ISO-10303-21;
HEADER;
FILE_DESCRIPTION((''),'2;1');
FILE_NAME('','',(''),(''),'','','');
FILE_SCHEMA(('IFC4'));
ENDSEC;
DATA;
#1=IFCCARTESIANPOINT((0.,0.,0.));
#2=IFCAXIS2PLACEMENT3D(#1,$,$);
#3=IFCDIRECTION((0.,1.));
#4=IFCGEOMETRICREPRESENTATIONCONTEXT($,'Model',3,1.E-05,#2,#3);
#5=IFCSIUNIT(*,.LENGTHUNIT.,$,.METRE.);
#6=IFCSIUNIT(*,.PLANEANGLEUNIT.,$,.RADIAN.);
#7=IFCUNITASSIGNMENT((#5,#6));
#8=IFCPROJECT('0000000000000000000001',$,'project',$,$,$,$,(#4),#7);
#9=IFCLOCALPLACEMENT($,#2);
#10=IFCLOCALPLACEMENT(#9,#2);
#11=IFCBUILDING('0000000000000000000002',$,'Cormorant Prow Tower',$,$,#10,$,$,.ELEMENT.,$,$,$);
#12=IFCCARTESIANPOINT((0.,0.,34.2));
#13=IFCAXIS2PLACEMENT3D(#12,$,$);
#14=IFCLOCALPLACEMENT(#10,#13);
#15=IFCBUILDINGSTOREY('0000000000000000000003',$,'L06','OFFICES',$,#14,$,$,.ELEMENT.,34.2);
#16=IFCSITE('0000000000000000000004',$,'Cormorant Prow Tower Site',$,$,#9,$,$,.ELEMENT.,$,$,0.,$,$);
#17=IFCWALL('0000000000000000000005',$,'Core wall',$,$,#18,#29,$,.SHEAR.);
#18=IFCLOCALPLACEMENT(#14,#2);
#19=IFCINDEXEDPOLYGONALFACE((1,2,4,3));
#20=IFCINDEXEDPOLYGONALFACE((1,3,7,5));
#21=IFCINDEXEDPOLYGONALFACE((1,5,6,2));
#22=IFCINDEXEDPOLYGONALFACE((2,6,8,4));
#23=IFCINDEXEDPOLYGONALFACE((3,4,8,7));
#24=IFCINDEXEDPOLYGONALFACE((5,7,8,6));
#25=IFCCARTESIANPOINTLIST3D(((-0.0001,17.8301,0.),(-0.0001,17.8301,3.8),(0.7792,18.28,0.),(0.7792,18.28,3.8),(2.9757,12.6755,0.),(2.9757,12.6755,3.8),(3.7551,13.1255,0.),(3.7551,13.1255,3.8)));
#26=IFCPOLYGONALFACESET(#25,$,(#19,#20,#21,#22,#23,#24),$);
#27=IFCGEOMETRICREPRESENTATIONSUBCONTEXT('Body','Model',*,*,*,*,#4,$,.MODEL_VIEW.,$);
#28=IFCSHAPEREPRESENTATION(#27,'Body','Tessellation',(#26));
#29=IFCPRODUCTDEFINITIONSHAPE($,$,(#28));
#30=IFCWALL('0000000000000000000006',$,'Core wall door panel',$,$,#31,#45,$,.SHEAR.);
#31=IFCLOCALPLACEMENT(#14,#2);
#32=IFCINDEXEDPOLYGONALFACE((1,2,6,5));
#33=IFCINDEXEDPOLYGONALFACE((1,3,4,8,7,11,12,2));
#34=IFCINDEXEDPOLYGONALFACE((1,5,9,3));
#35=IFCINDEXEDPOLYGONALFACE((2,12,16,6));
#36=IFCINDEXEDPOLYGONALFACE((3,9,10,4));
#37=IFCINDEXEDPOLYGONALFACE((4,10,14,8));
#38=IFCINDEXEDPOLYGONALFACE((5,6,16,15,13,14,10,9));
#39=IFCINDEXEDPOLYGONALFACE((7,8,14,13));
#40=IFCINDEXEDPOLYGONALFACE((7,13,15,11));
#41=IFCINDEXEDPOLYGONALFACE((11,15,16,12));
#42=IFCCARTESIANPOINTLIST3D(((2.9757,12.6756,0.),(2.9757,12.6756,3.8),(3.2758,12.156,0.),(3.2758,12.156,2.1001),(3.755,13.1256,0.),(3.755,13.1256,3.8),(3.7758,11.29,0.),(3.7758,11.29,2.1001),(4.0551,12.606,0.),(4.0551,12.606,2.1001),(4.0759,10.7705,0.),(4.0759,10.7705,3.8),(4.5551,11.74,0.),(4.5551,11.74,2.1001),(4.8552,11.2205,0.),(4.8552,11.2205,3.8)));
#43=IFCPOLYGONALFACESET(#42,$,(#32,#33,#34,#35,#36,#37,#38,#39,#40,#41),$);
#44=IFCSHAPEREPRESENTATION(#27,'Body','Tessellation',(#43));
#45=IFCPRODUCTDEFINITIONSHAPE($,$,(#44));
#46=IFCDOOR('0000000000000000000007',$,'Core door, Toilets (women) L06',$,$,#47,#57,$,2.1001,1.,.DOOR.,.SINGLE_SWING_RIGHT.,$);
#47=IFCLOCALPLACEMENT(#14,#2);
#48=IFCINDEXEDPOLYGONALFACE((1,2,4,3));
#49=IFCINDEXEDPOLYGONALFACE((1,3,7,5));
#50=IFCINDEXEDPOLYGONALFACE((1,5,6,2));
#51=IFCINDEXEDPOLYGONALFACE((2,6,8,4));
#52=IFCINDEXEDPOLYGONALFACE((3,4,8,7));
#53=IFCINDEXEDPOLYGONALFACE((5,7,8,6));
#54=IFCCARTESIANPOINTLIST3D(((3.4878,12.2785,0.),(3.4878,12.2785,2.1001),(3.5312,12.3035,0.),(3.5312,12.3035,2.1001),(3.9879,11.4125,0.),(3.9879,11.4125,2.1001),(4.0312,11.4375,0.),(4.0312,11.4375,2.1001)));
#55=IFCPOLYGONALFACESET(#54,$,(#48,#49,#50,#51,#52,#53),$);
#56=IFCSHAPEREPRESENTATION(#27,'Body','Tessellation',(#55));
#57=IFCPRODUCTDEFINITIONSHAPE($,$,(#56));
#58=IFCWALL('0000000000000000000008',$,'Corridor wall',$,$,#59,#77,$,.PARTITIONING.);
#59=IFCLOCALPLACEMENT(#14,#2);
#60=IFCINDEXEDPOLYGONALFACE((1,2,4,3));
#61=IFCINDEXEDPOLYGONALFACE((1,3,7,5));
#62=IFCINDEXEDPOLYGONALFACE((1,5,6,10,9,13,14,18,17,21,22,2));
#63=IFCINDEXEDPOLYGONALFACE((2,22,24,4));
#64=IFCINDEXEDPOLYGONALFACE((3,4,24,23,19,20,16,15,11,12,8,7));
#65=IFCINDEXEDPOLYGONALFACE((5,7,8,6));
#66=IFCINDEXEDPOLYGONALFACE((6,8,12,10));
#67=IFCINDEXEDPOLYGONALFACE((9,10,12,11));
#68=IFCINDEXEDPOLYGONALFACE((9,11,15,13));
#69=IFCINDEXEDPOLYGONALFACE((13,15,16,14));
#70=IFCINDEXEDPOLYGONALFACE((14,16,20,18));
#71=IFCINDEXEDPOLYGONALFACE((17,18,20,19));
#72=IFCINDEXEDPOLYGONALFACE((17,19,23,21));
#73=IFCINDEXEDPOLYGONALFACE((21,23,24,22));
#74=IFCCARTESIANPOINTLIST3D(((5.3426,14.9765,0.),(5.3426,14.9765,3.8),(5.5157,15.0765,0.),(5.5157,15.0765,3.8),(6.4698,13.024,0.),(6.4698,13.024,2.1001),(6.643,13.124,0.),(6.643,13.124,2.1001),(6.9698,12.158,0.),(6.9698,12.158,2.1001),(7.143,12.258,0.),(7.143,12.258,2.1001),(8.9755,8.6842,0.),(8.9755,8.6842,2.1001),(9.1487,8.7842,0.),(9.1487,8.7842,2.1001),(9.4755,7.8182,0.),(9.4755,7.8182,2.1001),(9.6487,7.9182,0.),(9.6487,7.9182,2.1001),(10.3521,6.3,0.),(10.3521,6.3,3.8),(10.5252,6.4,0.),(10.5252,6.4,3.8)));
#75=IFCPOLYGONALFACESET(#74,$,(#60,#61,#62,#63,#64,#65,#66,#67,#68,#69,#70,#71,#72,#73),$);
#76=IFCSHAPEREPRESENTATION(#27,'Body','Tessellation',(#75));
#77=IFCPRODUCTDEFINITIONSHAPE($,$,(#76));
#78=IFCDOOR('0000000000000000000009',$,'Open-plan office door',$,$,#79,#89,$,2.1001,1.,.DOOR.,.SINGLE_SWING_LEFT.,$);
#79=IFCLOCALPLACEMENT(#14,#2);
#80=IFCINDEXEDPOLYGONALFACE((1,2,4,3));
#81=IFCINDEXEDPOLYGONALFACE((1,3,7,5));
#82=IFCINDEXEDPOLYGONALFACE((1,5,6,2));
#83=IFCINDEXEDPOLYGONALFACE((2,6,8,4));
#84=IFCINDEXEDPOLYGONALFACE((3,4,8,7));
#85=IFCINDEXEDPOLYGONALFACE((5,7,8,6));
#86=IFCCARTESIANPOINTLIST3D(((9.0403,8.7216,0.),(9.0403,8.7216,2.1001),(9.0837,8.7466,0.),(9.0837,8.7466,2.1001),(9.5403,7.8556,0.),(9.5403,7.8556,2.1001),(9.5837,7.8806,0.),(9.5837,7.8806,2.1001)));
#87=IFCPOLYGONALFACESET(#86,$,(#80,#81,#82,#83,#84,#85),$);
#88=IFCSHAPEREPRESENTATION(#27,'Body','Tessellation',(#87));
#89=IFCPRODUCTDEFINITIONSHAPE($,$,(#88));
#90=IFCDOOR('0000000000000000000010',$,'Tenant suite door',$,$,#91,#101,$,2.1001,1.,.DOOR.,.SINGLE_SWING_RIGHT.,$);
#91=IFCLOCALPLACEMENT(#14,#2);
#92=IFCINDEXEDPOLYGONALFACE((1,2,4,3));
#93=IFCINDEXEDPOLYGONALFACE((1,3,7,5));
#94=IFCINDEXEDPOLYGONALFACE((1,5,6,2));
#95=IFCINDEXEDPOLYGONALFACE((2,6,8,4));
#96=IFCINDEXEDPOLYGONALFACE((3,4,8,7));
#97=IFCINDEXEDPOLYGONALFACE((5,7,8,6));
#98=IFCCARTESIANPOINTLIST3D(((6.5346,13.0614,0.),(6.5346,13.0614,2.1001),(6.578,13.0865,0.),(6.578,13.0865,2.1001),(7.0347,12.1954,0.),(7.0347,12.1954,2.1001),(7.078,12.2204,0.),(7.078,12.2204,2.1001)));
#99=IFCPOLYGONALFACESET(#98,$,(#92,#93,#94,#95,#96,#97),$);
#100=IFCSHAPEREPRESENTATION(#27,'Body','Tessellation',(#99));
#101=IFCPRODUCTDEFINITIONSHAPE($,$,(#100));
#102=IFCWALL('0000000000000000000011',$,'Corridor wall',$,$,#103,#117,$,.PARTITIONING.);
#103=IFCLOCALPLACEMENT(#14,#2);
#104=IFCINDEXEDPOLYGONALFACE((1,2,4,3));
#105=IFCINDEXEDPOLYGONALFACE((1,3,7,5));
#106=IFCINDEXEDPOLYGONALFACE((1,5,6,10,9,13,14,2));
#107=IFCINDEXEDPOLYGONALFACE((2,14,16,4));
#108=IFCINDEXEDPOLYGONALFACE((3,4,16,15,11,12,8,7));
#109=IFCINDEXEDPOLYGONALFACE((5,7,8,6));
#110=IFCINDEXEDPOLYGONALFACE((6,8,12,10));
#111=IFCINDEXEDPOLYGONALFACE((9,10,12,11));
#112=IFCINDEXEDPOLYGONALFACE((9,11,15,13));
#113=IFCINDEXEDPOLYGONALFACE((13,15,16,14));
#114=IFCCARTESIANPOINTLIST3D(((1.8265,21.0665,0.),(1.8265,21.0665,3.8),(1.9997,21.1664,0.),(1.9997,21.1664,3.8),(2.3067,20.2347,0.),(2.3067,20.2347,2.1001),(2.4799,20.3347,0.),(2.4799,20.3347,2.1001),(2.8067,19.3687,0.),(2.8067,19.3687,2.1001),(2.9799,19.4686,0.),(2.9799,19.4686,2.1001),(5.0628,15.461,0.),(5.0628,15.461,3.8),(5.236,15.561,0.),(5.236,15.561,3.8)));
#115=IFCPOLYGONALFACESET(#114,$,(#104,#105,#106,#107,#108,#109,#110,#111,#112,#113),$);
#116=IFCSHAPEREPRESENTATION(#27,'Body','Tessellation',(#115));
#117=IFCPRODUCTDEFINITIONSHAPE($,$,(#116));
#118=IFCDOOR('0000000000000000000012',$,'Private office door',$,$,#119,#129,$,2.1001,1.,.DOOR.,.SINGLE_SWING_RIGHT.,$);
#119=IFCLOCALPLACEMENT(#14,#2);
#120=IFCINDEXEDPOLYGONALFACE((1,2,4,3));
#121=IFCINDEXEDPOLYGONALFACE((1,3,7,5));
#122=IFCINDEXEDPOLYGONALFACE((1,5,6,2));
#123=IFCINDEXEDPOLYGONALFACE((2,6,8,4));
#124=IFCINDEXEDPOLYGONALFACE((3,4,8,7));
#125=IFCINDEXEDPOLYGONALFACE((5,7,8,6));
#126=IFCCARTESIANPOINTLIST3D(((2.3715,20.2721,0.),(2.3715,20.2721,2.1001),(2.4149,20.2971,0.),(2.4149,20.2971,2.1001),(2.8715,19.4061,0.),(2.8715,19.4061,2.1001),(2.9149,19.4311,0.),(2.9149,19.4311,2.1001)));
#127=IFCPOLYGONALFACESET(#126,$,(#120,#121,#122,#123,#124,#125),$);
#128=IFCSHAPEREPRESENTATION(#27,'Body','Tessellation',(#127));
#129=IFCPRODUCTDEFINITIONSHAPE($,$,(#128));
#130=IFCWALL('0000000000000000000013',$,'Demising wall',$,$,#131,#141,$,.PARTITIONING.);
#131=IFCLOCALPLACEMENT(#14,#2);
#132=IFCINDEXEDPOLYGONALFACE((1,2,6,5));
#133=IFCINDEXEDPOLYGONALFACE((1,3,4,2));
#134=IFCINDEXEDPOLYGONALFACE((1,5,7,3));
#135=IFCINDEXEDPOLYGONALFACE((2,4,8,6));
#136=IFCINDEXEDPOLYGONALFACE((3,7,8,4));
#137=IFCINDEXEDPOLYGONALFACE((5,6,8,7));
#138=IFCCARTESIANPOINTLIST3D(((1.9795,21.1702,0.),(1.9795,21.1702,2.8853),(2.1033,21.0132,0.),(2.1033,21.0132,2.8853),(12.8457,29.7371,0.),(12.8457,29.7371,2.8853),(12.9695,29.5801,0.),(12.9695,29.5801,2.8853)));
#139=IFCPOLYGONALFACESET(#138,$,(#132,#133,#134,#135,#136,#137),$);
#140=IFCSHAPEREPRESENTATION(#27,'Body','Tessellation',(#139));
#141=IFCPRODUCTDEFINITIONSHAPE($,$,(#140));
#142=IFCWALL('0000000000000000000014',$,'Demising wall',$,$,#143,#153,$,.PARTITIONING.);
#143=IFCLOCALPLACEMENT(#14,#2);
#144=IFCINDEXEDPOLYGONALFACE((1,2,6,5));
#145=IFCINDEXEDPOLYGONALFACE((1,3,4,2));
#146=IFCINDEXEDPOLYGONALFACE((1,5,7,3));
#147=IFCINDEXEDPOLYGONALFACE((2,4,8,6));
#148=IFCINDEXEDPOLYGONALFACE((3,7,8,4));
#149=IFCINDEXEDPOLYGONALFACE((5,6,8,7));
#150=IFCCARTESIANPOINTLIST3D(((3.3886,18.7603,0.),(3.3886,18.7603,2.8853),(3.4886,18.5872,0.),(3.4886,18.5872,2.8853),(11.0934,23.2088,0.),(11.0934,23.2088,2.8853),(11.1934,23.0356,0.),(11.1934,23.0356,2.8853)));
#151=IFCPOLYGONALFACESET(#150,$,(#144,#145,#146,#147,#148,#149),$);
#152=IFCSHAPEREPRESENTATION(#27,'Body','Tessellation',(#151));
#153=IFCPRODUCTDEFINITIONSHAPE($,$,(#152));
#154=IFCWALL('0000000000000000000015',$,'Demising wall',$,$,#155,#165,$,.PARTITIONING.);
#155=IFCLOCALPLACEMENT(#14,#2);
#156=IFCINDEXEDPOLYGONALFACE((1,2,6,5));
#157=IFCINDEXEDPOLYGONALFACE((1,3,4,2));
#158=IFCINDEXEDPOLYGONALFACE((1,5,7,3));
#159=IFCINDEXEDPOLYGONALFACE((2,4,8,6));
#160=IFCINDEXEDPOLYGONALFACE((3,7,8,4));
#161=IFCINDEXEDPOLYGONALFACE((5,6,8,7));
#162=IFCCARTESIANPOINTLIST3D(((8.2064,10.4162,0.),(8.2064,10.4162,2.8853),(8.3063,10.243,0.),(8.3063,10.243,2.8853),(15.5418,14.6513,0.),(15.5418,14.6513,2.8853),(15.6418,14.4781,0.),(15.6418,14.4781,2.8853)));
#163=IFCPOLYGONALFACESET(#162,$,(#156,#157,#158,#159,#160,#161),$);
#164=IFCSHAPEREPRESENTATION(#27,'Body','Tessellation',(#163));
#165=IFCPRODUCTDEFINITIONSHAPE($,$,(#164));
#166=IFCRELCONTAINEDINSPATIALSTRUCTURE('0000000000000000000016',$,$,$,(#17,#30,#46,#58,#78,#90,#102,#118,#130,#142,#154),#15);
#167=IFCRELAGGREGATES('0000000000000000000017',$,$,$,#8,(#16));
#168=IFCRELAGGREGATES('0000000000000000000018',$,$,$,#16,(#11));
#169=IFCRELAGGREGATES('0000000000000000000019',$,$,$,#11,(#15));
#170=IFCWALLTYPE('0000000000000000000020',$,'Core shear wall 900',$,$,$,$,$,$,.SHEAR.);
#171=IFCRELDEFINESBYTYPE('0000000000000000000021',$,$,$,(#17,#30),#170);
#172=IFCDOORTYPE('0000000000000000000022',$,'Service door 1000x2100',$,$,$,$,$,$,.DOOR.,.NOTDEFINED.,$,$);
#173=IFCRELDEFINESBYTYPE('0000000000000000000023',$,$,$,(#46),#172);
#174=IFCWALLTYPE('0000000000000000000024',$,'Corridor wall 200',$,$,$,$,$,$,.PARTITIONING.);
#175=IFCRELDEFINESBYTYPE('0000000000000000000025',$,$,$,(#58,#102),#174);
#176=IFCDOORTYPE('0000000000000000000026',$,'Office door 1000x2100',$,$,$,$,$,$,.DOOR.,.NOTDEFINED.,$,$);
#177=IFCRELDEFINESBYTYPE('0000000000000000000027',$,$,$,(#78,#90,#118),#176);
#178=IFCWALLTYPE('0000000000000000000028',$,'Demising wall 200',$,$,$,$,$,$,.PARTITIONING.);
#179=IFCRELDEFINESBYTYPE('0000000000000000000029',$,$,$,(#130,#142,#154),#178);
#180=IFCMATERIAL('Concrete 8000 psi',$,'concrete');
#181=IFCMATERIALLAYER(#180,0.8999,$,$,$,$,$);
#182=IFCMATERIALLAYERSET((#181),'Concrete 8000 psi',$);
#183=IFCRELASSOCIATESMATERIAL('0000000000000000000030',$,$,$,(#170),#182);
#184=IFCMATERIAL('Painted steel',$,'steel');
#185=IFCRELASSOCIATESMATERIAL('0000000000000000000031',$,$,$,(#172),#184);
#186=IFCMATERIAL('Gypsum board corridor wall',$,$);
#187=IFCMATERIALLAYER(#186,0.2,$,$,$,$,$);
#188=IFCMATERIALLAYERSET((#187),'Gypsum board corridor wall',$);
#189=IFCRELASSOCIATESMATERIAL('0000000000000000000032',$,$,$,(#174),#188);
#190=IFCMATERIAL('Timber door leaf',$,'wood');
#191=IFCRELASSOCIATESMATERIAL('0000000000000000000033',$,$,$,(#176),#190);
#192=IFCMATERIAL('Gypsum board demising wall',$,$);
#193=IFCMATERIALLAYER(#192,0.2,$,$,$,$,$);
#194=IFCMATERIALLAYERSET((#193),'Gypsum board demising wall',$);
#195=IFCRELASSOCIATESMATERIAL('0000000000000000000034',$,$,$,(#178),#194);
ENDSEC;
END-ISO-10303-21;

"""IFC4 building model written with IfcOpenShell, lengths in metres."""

from ifc_helpers import new_model, si_unit, direction, frame, frame_2d, origin, place, context, subcontext, project, spatial, rectangle, extrude, material, layer, layer_set, type_object, element, fill, save


model = new_model("IFC4")

# Units and contexts
model_context = context("Model", 3, precision=1e-05, world=origin(), true_north=direction((0.0, 1.0)))
body_context = subcontext(model_context, "Body", "Model", "MODEL_VIEW")
ifc_project = project(units=[si_unit("LENGTHUNIT", "METRE"), si_unit("PLANEANGLEUNIT", "RADIAN")], contexts=[model_context])

# Site, building, storey
site_placement = place(None, origin())
site = spatial("IfcSite", under=ifc_project, at=site_placement, Name="Cormorant Prow Tower Site", CompositionType="ELEMENT", RefElevation=0.0)
building_placement = place(site_placement, origin())
building = spatial("IfcBuilding", under=site, at=building_placement, Name="Cormorant Prow Tower", CompositionType="ELEMENT")
storey_placement = place(building_placement, frame((0.0, 0.0, 34.2)))
storey = spatial("IfcBuildingStorey", under=building, at=storey_placement, Name="L06", Description="OFFICES", CompositionType="ELEMENT", Elevation=34.2)

# Wall
ifc_material_1 = material(Name="Concrete 8000 psi", Category="concrete")
ifc_layer_1 = layer(ifc_material_1, 0.8999)
ifc_layer_set_1 = layer_set([ifc_layer_1], Name="Concrete 8000 psi")
wall_type_1 = type_object("IfcWallType", Name="Core shear wall 900", PredefinedType="SHEAR", material=ifc_layer_set_1)
wall_1_placement = place(storey_placement, frame((3.3655, 12.9004, 0.0), z_axis=(0.0, 0.0, 1.0), x_axis=(-0.499982, 0.866036, 0.0)))
element("IfcWall", 1, at=wall_1_placement, inside=storey, type_object=wall_type_1, Name="Core wall", PredefinedType="SHEAR", context=body_context, shape_type="SweptSolid", body=[
    extrude(rectangle(XDim=5.9519, YDim=0.8999, at=frame_2d((2.9761, 0.0))), origin(), (0.0, 0.0, 1.0), 3.8),
])

# Wall, opening, door
wall_2_placement = place(storey_placement, frame((4.4656, 10.9954, 0.0), z_axis=(0.0, 0.0, 1.0), x_axis=(-0.500078, 0.86598, 0.0)))
wall_2 = element("IfcWall", 2, at=wall_2_placement, inside=storey, type_object=wall_type_1, Name="Core wall door panel", PredefinedType="SHEAR", context=body_context, shape_type="SweptSolid", body=[
    extrude(rectangle(XDim=2.2, YDim=0.8999, at=frame_2d((1.1001, 0.0))), origin(), (0.0, 0.0, 1.0), 3.8),
])
opening_1_placement = place(wall_2_placement, frame((0.6001, 0.0, 0.0)))
opening_1 = element("IfcOpeningElement", 3, at=opening_1_placement, cuts=wall_2, PredefinedType="OPENING", context=body_context, shape_type="SweptSolid", body=[
    extrude(rectangle(XDim=1.0, YDim=2.1001, at=frame_2d((0.5, 1.05))), frame((0.0, 0.46, 0.0), z_axis=(0.0, -1.0, 0.0), x_axis=(1.0, 0.0, 0.0)), (0.0, 0.0, 1.0), 0.9199),
])
ifc_material_2 = material(Name="Painted steel", Category="steel")
door_type_1 = type_object("IfcDoorType", Name="Service door 1000x2100", OperationType="NOTDEFINED", PredefinedType="DOOR", material=ifc_material_2)
door_1_placement = place(opening_1_placement, origin())
door_1 = element("IfcDoor", 4, at=door_1_placement, inside=storey, type_object=door_type_1, Name="Core door, Toilets (women) L06", OperationType="SINGLE_SWING_RIGHT", OverallHeight=2.1001, OverallWidth=1.0, PredefinedType="DOOR", context=body_context, shape_type="SweptSolid", body=[
    extrude(rectangle(XDim=1.0, YDim=2.1001, at=frame_2d((0.5, 1.05))), frame((0.0, 0.2051, 0.0), z_axis=(0.0, -1.0, 0.0), x_axis=(1.0, 0.0, 0.0)), (0.0, 0.0, 1.0), 0.05),
])
fill(opening_1, door_1)

# Wall, openings, doors
ifc_material_3 = material(Name="Gypsum board corridor wall")
ifc_layer_2 = layer(ifc_material_3, 0.2)
ifc_layer_set_2 = layer_set([ifc_layer_2], Name="Gypsum board corridor wall")
wall_type_2 = type_object("IfcWallType", Name="Corridor wall 200", PredefinedType="PARTITIONING", material=ifc_layer_set_2)
wall_3_placement = place(storey_placement, frame((5.4292, 15.0264, 0.0), z_axis=(0.0, 0.0, 1.0), x_axis=(0.50001, -0.86602, 0.0)))
wall_3 = element("IfcWall", 5, at=wall_3_placement, inside=storey, type_object=wall_type_2, Name="Corridor wall", PredefinedType="PARTITIONING", context=body_context, shape_type="SweptSolid", body=[
    extrude(rectangle(XDim=10.0188, YDim=0.2, at=frame_2d((5.0093, 0.0))), origin(), (0.0, 0.0, 1.0), 3.8),
])
opening_2_placement = place(wall_3_placement, frame((7.2656, 0.0, 0.0)))
opening_2 = element("IfcOpeningElement", 6, at=opening_2_placement, cuts=wall_3, PredefinedType="OPENING", context=body_context, shape_type="SweptSolid", body=[
    extrude(rectangle(XDim=1.0, YDim=2.1001, at=frame_2d((0.5, 1.05))), frame((0.0, 0.1099, 0.0), z_axis=(0.0, -1.0, 0.0), x_axis=(1.0, 0.0, 0.0)), (0.0, 0.0, 1.0), 0.22),
])
opening_3_placement = place(wall_3_placement, frame((2.2544, 0.0, 0.0)))
opening_3 = element("IfcOpeningElement", 7, at=opening_3_placement, cuts=wall_3, PredefinedType="OPENING", context=body_context, shape_type="SweptSolid", body=[
    extrude(rectangle(XDim=1.0, YDim=2.1001, at=frame_2d((0.5, 1.05))), frame((0.0, 0.1099, 0.0), z_axis=(0.0, -1.0, 0.0), x_axis=(1.0, 0.0, 0.0)), (0.0, 0.0, 1.0), 0.22),
])
ifc_material_4 = material(Name="Timber door leaf", Category="wood")
door_type_2 = type_object("IfcDoorType", Name="Office door 1000x2100", OperationType="NOTDEFINED", PredefinedType="DOOR", material=ifc_material_4)
door_2_placement = place(opening_2_placement, origin())
door_2 = element("IfcDoor", 8, at=door_2_placement, inside=storey, type_object=door_type_2, Name="Open-plan office door", OperationType="SINGLE_SWING_LEFT", OverallHeight=2.1001, OverallWidth=1.0, PredefinedType="DOOR", context=body_context, shape_type="SweptSolid", body=[
    extrude(rectangle(XDim=1.0, YDim=2.1001, at=frame_2d((0.5, 1.05))), frame((0.0, 0.0249, 0.0), z_axis=(0.0, -1.0, 0.0), x_axis=(1.0, 0.0, 0.0)), (0.0, 0.0, 1.0), 0.05),
])
fill(opening_2, door_2)
door_3_placement = place(opening_3_placement, origin())
door_3 = element("IfcDoor", 9, at=door_3_placement, inside=storey, type_object=door_type_2, Name="Tenant suite door", OperationType="SINGLE_SWING_RIGHT", OverallHeight=2.1001, OverallWidth=1.0, PredefinedType="DOOR", context=body_context, shape_type="SweptSolid", body=[
    extrude(rectangle(XDim=1.0, YDim=2.1001, at=frame_2d((0.5, 1.05))), frame((0.0, 0.0249, 0.0), z_axis=(0.0, -1.0, 0.0), x_axis=(1.0, 0.0, 0.0)), (0.0, 0.0, 1.0), 0.05),
])
fill(opening_3, door_3)

# Wall, opening, door
wall_4_placement = place(storey_placement, frame((1.9131, 21.1165, 0.0), z_axis=(0.0, 0.0, 1.0), x_axis=(0.500001, -0.866025, 0.0)))
wall_4 = element("IfcWall", 10, at=wall_4_placement, inside=storey, type_object=wall_type_2, Name="Corridor wall", PredefinedType="PARTITIONING", context=body_context, shape_type="SweptSolid", body=[
    extrude(rectangle(XDim=6.4727, YDim=0.2, at=frame_2d((3.2363, 0.0))), origin(), (0.0, 0.0, 1.0), 3.8),
])
opening_4_placement = place(wall_4_placement, frame((0.9604, 0.0, 0.0)))
opening_4 = element("IfcOpeningElement", 11, at=opening_4_placement, cuts=wall_4, PredefinedType="OPENING", context=body_context, shape_type="SweptSolid", body=[
    extrude(rectangle(XDim=1.0, YDim=2.1001, at=frame_2d((0.5, 1.05))), frame((0.0, 0.1099, 0.0), z_axis=(0.0, -1.0, 0.0), x_axis=(1.0, 0.0, 0.0)), (0.0, 0.0, 1.0), 0.22),
])
door_4_placement = place(opening_4_placement, origin())
door_4 = element("IfcDoor", 12, at=door_4_placement, inside=storey, type_object=door_type_2, Name="Private office door", OperationType="SINGLE_SWING_RIGHT", OverallHeight=2.1001, OverallWidth=1.0, PredefinedType="DOOR", context=body_context, shape_type="SweptSolid", body=[
    extrude(rectangle(XDim=1.0, YDim=2.1001, at=frame_2d((0.5, 1.05))), frame((0.0, 0.0249, 0.0), z_axis=(0.0, -1.0, 0.0), x_axis=(1.0, 0.0, 0.0)), (0.0, 0.0, 1.0), 0.05),
])
fill(opening_4, door_4)

# Walls
ifc_material_5 = material(Name="Gypsum board demising wall")
ifc_layer_3 = layer(ifc_material_5, 0.2)
ifc_layer_set_3 = layer_set([ifc_layer_3], Name="Gypsum board demising wall")
wall_type_3 = type_object("IfcWallType", Name="Demising wall 200", PredefinedType="PARTITIONING", material=ifc_layer_set_3)
wall_5_placement = place(storey_placement, frame((2.0415, 21.0918, 0.0), z_axis=(0.0, 0.0, 1.0), x_axis=(0.785294, 0.619124, 0.0)))
element("IfcWall", 13, at=wall_5_placement, inside=storey, type_object=wall_type_3, Name="Demising wall", PredefinedType="PARTITIONING", context=body_context, shape_type="SweptSolid", body=[
    extrude(rectangle(XDim=13.8372, YDim=0.2, at=frame_2d((6.9185, 0.0))), origin(), (0.0, 0.0, 1.0), 2.8853),
])
wall_6_placement = place(storey_placement, frame((3.4387, 18.6738, 0.0), z_axis=(0.0, 0.0, 1.0), x_axis=(0.866021, 0.500008, 0.0)))
element("IfcWall", 14, at=wall_6_placement, inside=storey, type_object=wall_type_3, Name="Demising wall", PredefinedType="PARTITIONING", context=body_context, shape_type="SweptSolid", body=[
    extrude(rectangle(XDim=8.8967, YDim=0.2, at=frame_2d((4.4482, 0.0))), origin(), (0.0, 0.0, 1.0), 2.8853),
])
wall_7_placement = place(storey_placement, frame((8.2563, 10.3296, 0.0), z_axis=(0.0, 0.0, 1.0), x_axis=(0.866026, 0.499999, 0.0)))
element("IfcWall", 15, at=wall_7_placement, inside=storey, type_object=wall_type_3, Name="Demising wall", PredefinedType="PARTITIONING", context=body_context, shape_type="SweptSolid", body=[
    extrude(rectangle(XDim=8.4702, YDim=0.2, at=frame_2d((4.2351, 0.0))), origin(), (0.0, 0.0, 1.0), 2.8853),
])

save(model, "model.ifc")
